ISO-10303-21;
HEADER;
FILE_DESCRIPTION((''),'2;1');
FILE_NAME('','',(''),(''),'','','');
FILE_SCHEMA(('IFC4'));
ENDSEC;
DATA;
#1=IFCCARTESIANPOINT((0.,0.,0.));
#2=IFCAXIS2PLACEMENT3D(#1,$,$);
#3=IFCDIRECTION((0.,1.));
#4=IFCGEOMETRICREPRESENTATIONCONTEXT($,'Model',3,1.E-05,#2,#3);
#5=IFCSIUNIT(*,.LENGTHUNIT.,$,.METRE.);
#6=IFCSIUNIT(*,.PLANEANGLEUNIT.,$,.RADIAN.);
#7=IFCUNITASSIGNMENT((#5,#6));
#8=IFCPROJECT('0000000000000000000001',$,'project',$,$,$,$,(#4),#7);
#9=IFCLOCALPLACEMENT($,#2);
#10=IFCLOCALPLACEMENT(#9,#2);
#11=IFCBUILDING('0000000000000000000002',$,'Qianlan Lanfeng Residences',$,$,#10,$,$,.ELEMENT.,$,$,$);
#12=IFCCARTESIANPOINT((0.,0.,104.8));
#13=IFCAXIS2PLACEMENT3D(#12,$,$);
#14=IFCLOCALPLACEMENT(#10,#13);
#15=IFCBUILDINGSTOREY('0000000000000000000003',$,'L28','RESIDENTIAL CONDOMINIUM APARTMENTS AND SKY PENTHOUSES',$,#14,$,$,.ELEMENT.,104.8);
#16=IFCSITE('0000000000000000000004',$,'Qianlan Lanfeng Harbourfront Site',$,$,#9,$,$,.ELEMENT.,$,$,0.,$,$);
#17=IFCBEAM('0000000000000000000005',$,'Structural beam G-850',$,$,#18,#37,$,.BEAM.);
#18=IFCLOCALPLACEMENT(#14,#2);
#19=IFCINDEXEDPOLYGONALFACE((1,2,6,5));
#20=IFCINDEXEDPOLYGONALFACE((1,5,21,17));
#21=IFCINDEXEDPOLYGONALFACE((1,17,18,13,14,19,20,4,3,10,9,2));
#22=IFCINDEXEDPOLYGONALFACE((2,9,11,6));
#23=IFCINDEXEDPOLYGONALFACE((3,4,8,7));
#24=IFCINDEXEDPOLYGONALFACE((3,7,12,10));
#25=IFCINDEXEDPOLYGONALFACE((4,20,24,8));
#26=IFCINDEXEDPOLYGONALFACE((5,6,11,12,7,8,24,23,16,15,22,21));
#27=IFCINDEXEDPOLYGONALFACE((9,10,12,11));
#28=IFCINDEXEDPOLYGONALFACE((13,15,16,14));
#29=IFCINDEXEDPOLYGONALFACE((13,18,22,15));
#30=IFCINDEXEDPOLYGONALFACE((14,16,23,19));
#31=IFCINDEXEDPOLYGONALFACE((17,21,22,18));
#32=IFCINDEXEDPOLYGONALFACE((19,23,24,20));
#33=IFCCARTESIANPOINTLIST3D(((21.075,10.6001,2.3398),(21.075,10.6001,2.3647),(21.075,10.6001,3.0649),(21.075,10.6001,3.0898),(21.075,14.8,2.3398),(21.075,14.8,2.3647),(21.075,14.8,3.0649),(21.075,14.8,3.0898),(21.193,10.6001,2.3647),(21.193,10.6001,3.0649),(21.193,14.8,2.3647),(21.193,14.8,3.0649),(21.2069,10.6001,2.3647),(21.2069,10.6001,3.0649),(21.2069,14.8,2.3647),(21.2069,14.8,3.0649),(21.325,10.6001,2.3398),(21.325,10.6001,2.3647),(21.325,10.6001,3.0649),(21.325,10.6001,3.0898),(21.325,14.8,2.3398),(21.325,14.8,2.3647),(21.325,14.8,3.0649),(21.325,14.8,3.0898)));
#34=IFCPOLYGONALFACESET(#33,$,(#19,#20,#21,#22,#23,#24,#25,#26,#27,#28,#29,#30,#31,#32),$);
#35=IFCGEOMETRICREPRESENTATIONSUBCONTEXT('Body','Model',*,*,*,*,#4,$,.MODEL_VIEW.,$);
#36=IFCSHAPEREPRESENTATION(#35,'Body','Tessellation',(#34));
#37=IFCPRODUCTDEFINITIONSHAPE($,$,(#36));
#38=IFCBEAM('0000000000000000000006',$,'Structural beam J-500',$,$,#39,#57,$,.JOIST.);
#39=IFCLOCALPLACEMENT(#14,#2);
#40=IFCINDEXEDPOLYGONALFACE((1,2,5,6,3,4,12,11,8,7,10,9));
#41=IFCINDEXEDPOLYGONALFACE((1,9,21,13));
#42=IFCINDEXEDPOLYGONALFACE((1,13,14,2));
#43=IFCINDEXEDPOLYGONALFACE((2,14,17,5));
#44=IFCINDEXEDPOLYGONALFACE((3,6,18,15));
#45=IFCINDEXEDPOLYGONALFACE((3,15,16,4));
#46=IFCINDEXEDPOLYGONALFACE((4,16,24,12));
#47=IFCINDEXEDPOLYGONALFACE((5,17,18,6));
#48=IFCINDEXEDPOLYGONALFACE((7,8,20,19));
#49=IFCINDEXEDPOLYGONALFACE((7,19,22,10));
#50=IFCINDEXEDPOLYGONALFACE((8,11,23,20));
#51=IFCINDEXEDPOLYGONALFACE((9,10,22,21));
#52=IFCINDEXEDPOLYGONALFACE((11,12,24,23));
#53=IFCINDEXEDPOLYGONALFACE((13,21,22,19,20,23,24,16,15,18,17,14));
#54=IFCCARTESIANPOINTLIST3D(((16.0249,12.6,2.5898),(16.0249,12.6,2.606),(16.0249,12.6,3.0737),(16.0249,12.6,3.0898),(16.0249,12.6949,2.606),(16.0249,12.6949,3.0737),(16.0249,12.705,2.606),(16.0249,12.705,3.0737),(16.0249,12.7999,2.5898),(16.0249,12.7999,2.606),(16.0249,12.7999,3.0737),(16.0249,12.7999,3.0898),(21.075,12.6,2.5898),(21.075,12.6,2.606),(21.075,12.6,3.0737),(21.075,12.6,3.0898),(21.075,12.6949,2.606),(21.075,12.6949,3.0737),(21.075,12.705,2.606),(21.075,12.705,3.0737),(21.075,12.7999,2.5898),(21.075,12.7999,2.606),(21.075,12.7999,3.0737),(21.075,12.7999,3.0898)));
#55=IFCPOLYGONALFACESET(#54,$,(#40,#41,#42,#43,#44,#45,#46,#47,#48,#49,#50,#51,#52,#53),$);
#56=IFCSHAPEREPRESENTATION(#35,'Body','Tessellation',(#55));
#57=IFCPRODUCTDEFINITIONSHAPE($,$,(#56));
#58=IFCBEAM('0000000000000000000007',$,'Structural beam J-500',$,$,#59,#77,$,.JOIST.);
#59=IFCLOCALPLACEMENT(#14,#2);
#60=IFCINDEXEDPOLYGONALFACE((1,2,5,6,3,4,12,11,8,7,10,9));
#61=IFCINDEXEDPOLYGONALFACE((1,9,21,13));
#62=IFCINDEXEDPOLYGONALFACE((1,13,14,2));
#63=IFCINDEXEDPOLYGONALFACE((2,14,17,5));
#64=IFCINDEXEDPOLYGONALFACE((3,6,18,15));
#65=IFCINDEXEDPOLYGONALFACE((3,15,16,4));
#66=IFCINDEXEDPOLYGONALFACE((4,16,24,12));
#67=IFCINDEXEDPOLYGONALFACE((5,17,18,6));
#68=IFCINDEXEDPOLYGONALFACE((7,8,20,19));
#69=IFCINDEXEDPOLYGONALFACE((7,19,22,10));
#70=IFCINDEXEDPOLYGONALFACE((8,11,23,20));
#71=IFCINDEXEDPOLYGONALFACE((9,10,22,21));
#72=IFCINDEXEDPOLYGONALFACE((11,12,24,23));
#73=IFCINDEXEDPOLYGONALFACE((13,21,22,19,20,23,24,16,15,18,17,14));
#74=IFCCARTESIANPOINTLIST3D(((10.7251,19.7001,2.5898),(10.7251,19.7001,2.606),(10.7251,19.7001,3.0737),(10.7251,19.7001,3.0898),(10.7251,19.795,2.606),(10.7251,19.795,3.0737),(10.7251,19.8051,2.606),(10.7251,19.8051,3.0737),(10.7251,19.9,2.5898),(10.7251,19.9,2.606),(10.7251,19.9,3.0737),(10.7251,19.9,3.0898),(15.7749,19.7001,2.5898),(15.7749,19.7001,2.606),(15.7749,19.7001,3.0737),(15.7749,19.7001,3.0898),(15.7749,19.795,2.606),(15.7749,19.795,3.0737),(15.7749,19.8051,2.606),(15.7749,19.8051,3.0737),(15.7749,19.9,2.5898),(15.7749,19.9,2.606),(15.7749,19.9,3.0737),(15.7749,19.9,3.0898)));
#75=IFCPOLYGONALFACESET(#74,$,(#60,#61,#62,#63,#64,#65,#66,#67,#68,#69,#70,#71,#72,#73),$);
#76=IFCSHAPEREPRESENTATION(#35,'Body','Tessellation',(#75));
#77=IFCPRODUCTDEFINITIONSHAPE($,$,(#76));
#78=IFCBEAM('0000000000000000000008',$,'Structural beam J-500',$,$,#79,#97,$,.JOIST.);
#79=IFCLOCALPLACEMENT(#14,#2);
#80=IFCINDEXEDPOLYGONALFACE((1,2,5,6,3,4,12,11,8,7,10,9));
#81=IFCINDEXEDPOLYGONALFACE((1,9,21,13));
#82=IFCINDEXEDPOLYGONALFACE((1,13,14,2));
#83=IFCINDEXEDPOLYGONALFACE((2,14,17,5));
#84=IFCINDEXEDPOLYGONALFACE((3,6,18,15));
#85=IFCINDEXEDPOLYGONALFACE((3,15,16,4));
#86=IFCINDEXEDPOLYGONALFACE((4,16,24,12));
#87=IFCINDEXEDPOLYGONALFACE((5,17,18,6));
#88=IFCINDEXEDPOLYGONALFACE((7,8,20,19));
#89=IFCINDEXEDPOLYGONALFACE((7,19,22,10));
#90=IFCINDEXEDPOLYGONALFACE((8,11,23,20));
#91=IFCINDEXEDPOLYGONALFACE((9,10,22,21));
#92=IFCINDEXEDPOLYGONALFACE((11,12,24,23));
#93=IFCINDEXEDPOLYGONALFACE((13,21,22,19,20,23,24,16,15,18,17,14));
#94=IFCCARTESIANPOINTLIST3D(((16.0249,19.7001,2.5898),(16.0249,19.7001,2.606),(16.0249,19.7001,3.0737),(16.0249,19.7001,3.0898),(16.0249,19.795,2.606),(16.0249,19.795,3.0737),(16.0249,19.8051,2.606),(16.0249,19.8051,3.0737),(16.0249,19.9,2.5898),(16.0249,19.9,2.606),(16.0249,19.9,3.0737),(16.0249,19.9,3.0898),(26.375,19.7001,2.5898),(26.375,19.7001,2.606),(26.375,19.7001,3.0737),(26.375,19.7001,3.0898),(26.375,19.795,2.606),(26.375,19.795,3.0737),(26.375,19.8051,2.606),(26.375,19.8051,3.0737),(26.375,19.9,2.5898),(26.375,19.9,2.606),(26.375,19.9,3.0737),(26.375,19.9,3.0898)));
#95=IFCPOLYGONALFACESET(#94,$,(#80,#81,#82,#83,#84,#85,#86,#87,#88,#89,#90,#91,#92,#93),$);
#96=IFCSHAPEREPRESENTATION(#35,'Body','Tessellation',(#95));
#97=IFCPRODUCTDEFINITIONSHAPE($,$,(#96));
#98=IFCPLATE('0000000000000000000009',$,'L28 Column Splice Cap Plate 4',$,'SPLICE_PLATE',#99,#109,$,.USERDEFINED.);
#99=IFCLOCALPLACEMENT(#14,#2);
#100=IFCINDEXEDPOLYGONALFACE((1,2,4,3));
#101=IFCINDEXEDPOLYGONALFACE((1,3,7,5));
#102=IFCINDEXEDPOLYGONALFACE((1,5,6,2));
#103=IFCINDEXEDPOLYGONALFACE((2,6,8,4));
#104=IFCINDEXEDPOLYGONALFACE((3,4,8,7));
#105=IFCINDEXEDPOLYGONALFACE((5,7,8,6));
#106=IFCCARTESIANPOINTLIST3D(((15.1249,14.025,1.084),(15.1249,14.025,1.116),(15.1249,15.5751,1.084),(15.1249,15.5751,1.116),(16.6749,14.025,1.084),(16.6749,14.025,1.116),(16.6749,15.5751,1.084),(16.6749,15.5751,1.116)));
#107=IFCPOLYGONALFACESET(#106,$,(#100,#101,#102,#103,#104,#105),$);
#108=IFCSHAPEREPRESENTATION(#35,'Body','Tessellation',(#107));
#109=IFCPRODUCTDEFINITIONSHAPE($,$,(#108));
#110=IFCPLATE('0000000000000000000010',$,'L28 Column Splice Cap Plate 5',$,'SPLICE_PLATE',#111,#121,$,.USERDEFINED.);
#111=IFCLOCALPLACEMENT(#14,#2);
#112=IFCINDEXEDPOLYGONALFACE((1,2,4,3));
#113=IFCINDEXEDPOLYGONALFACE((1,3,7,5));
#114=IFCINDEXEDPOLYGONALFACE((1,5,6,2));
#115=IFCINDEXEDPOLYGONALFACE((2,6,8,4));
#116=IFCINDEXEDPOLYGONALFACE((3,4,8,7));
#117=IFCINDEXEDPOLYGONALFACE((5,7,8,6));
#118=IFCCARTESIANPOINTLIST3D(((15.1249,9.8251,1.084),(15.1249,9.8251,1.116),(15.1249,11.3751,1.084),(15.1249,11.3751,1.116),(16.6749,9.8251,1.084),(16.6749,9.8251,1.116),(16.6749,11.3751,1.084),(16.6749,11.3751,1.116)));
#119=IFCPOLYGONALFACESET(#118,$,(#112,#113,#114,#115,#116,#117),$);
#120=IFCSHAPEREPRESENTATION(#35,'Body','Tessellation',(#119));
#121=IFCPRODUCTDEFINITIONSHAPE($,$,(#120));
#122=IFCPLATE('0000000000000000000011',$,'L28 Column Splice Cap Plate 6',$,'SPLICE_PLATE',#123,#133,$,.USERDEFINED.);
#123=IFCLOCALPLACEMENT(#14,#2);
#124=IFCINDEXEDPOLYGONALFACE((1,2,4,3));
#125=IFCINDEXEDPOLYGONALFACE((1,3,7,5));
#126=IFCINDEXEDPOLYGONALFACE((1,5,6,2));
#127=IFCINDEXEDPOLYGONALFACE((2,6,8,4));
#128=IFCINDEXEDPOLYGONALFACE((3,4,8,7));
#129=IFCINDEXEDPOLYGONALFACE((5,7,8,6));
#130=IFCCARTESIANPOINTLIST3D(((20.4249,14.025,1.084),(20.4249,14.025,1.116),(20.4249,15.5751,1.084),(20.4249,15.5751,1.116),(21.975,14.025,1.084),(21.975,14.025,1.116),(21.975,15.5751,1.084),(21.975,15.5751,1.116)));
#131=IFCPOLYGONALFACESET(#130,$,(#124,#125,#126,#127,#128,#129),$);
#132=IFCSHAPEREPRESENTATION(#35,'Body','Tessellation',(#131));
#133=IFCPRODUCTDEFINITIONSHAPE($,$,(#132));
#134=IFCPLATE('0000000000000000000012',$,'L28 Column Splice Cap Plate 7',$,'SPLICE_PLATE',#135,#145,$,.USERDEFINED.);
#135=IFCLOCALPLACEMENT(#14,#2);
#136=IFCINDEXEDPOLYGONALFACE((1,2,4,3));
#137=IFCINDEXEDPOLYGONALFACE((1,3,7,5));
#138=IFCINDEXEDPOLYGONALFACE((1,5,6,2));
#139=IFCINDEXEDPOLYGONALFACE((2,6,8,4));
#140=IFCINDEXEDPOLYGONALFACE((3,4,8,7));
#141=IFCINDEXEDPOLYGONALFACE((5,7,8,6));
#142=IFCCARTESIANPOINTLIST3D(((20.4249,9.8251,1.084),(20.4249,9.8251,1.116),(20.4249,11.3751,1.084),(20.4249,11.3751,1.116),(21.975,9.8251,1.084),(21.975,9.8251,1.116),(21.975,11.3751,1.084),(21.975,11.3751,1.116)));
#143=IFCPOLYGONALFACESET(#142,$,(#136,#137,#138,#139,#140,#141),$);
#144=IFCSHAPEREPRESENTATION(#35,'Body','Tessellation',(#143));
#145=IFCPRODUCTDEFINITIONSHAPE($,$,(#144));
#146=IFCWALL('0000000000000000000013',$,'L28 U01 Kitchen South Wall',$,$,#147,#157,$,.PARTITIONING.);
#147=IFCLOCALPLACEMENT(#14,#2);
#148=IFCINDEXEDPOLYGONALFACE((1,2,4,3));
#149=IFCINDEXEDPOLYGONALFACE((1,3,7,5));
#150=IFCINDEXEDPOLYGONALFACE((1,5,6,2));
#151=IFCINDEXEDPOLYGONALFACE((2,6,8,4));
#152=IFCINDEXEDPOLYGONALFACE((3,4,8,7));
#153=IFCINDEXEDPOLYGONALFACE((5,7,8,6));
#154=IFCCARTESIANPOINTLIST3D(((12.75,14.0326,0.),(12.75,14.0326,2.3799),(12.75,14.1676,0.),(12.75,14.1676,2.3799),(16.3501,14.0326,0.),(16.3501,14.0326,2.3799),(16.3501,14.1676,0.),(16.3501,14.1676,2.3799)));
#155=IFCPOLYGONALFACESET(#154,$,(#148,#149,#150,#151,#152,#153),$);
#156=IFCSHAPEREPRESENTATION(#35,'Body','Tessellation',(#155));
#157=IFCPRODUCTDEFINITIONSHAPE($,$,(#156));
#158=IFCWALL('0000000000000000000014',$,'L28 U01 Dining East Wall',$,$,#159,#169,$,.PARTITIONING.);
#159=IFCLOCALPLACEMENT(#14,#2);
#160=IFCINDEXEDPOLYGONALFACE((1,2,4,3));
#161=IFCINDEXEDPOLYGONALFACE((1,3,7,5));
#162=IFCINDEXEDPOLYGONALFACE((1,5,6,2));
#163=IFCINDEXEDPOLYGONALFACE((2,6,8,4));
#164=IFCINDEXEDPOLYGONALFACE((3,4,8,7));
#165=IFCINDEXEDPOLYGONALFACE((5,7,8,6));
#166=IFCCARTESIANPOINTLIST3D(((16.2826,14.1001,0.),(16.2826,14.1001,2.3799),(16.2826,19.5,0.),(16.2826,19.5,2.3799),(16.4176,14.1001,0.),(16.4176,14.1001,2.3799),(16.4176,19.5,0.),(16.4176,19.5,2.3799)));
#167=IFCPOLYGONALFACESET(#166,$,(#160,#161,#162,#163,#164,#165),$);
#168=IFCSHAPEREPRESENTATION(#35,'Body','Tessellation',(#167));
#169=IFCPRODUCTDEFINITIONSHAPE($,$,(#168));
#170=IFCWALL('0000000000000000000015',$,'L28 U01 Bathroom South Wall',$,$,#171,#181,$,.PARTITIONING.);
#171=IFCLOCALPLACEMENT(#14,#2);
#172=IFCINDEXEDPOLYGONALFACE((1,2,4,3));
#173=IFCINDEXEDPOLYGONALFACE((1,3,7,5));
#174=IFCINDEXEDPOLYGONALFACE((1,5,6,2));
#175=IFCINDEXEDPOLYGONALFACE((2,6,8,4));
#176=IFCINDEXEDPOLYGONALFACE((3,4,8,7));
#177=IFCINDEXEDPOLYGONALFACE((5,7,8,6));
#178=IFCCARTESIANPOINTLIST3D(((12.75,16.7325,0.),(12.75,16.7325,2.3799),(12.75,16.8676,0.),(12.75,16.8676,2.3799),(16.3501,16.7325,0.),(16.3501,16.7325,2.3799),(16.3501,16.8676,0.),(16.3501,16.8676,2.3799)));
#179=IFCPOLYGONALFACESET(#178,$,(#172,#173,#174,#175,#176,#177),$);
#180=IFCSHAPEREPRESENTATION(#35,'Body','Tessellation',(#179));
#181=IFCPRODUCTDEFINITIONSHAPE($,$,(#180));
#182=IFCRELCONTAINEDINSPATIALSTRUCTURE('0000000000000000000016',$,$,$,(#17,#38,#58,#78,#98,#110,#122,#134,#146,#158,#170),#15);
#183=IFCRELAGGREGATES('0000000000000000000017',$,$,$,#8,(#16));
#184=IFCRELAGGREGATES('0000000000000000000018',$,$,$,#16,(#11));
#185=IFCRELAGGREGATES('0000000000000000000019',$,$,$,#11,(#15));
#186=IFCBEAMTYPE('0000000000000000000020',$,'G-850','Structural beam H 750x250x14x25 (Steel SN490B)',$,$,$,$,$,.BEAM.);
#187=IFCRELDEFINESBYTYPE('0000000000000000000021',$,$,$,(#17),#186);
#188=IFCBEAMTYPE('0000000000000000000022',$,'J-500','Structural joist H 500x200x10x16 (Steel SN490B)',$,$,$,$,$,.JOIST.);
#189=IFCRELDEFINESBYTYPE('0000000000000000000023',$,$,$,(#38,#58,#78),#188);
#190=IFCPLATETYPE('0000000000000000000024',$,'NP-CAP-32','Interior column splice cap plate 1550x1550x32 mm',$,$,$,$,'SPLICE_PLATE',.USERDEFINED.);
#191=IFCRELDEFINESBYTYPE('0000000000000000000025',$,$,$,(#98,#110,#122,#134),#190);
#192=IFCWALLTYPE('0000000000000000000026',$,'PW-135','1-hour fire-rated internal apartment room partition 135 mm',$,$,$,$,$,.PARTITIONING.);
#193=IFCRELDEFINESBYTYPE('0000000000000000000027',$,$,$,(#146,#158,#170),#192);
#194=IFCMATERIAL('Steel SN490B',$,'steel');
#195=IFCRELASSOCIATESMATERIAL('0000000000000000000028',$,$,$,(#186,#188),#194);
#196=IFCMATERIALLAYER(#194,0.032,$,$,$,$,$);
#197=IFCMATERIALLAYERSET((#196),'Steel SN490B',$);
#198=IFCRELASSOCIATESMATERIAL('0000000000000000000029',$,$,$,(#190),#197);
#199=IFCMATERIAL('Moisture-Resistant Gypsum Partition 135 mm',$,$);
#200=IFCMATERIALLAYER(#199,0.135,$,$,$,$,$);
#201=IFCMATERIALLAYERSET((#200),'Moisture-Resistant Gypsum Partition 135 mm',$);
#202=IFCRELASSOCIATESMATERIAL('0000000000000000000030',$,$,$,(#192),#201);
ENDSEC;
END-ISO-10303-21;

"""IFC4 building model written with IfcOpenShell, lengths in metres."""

from ifc_helpers import new_model, si_unit, direction, frame, frame_2d, origin, origin_2d, place, context, subcontext, project, spatial, rectangle, i_section, extrude, source, transform, mapped, material, layer, layer_set, material_profile, profile_set, type_object, element, save


model = new_model("IFC4")

# Units and contexts
model_context = context("Model", 3, precision=1e-05, world=origin(), true_north=direction((0.0, 1.0)))
body_context = subcontext(model_context, "Body", "Model", "MODEL_VIEW")
ifc_project = project(units=[si_unit("LENGTHUNIT", "METRE"), si_unit("PLANEANGLEUNIT", "RADIAN")], contexts=[model_context])

# Site, building, storey
site_placement = place(None, origin())
site = spatial("IfcSite", under=ifc_project, at=site_placement, Name="Qianlan Lanfeng Harbourfront Site", CompositionType="ELEMENT", RefElevation=0.0)
building_placement = place(site_placement, origin())
building = spatial("IfcBuilding", under=site, at=building_placement, Name="Qianlan Lanfeng Residences", CompositionType="ELEMENT")
storey_placement = place(building_placement, frame((0.0, 0.0, 104.8)))
storey = spatial("IfcBuildingStorey", under=building, at=storey_placement, Name="L28", Description="RESIDENTIAL CONDOMINIUM APARTMENTS AND SKY PENTHOUSES", CompositionType="ELEMENT", Elevation=104.8)

# Shared definitions
ifc_material_1 = material(Name="Steel SN490B", Category="steel")

# Beams
ifc_material_profile_1 = material_profile(ifc_material_1, i_section(OverallWidth=0.25, OverallDepth=0.75, WebThickness=0.0139, FlangeThickness=0.0249, at=origin_2d()), Name="H 750x250x14x25")
ifc_profile_set_1 = profile_set([ifc_material_profile_1], Name="Steel SN490B")
beam_type_1 = type_object("IfcBeamType", Name="G-850", Description="Structural beam H 750x250x14x25 (Steel SN490B)", PredefinedType="BEAM", material=ifc_profile_set_1)
beam_1_placement = place(storey_placement, frame((21.2, 10.6001, 2.7148), z_axis=(0.0, 1.0, 0.0), x_axis=(-1.0, 0.0, 0.0)))
element("IfcBeam", 1, at=beam_1_placement, inside=storey, type_object=beam_type_1, Name="Structural beam G-850", PredefinedType="BEAM", context=body_context, shape_type="SweptSolid", body=[
    extrude(i_section(OverallWidth=0.25, OverallDepth=0.75, WebThickness=0.0139, FlangeThickness=0.0249, at=origin_2d()), origin(), (0.0, 0.0, 1.0), 4.2),
])
ifc_material_profile_2 = material_profile(ifc_material_1, i_section(OverallWidth=0.2, OverallDepth=0.5, WebThickness=0.01, FlangeThickness=0.0161, at=origin_2d()), Name="H 500x200x10x16")
ifc_profile_set_2 = profile_set([ifc_material_profile_2], Name="Steel SN490B")
beam_type_2 = type_object("IfcBeamType", Name="J-500", Description="Structural joist H 500x200x10x16 (Steel SN490B)", PredefinedType="JOIST", material=ifc_profile_set_2)
beam_2_placement = place(storey_placement, frame((16.0249, 12.7, 2.8398), z_axis=(1.0, 0.0, 0.0), x_axis=(0.0, 1.0, 0.0)))
element("IfcBeam", 2, at=beam_2_placement, inside=storey, type_object=beam_type_2, Name="Structural beam J-500", PredefinedType="JOIST", context=body_context, shape_type="SweptSolid", body=[
    extrude(i_section(OverallWidth=0.2, OverallDepth=0.5, WebThickness=0.01, FlangeThickness=0.0161, at=origin_2d()), origin(), (0.0, 0.0, 1.0), 5.05),
])
beam_3_placement = place(storey_placement, frame((10.7251, 19.8, 2.8398), z_axis=(1.0, 0.0, 0.0), x_axis=(0.0, 1.0, 0.0)))
element("IfcBeam", 3, at=beam_3_placement, inside=storey, type_object=beam_type_2, Name="Structural beam J-500", PredefinedType="JOIST", context=body_context, shape_type="SweptSolid", body=[
    extrude(i_section(OverallWidth=0.2, OverallDepth=0.5, WebThickness=0.01, FlangeThickness=0.0161, at=origin_2d()), origin(), (0.0, 0.0, 1.0), 5.0498),
])
beam_4_placement = place(storey_placement, frame((16.0249, 19.8, 2.8398), z_axis=(1.0, 0.0, 0.0), x_axis=(0.0, 1.0, 0.0)))
element("IfcBeam", 4, at=beam_4_placement, inside=storey, type_object=beam_type_2, Name="Structural beam J-500", PredefinedType="JOIST", context=body_context, shape_type="SweptSolid", body=[
    extrude(i_section(OverallWidth=0.2, OverallDepth=0.5, WebThickness=0.01, FlangeThickness=0.0161, at=origin_2d()), origin(), (0.0, 0.0, 1.0), 10.3501),
])

# Plates
ifc_layer_1 = layer(ifc_material_1, 0.032)
ifc_layer_set_1 = layer_set([ifc_layer_1], Name="Steel SN490B")
plate_type = type_object("IfcPlateType", Name="NP-CAP-32", Description="Interior column splice cap plate 1550x1550x32 mm", ElementType="SPLICE_PLATE", PredefinedType="USERDEFINED", material=ifc_layer_set_1)
shared_shape = source(origin(), body_context, "Body", "SweptSolid", [
    extrude(rectangle(XDim=1.55, YDim=1.55, at=origin_2d()), origin(), (0.0, 0.0, 1.0), 0.032),
])
for number, where, z_axis, x_axis, name in (
    (5, (15.8999, 14.8, 1.084), (0.0, 0.0, 1.0), (1.0, 0.0, 0.0), "L28 Column Splice Cap Plate 4"),
    (6, (15.8999, 10.6001, 1.084), (0.0, 0.0, 1.0), (1.0, 0.0, 0.0), "L28 Column Splice Cap Plate 5"),
    (7, (21.2, 14.8, 1.084), (0.0, 0.0, 1.0), (1.0, 0.0, 0.0), "L28 Column Splice Cap Plate 6"),
    (8, (21.2, 10.6001, 1.084), (0.0, 0.0, 1.0), (1.0, 0.0, 0.0), "L28 Column Splice Cap Plate 7"),
):
    element("IfcPlate", number, at=place(storey_placement, frame(where, z_axis=z_axis, x_axis=x_axis)), inside=storey, type_object=plate_type, Name=name, ObjectType="SPLICE_PLATE", PredefinedType="USERDEFINED", context=body_context, shape_type="MappedRepresentation", body=[
        mapped(shared_shape, transform((0.0, 0.0, 0.0), scale=1.0)),
    ])

# Walls
ifc_material_2 = material(Name="Moisture-Resistant Gypsum Partition 135 mm")
ifc_layer_2 = layer(ifc_material_2, 0.135)
ifc_layer_set_2 = layer_set([ifc_layer_2], Name="Moisture-Resistant Gypsum Partition 135 mm")
wall_type = type_object("IfcWallType", Name="PW-135", Description="1-hour fire-rated internal apartment room partition 135 mm", PredefinedType="PARTITIONING", material=ifc_layer_set_2)
wall_1_placement = place(storey_placement, frame((12.75, 14.1001, 0.0), z_axis=(0.0, 0.0, 1.0), x_axis=(1.0, 0.0, 0.0)))
element("IfcWall", 9, at=wall_1_placement, inside=storey, type_object=wall_type, Name="L28 U01 Kitchen South Wall", PredefinedType="PARTITIONING", context=body_context, shape_type="SweptSolid", body=[
    extrude(rectangle(XDim=3.6001, YDim=0.135, at=frame_2d((1.8, 0.0))), origin(), (0.0, 0.0, 1.0), 2.3799),
])
wall_2_placement = place(storey_placement, frame((16.3501, 14.1001, 0.0), z_axis=(0.0, 0.0, 1.0), x_axis=(0.0, 1.0, 0.0)))
element("IfcWall", 10, at=wall_2_placement, inside=storey, type_object=wall_type, Name="L28 U01 Dining East Wall", PredefinedType="PARTITIONING", context=body_context, shape_type="SweptSolid", body=[
    extrude(rectangle(XDim=5.3999, YDim=0.135, at=frame_2d((2.7, 0.0))), origin(), (0.0, 0.0, 1.0), 2.3799),
])
wall_3_placement = place(storey_placement, frame((12.75, 16.8, 0.0), z_axis=(0.0, 0.0, 1.0), x_axis=(1.0, 0.0, 0.0)))
element("IfcWall", 11, at=wall_3_placement, inside=storey, type_object=wall_type, Name="L28 U01 Bathroom South Wall", PredefinedType="PARTITIONING", context=body_context, shape_type="SweptSolid", body=[
    extrude(rectangle(XDim=3.6001, YDim=0.135, at=frame_2d((1.8, 0.0))), origin(), (0.0, 0.0, 1.0), 2.3799),
])

save(model, "model.ifc")
